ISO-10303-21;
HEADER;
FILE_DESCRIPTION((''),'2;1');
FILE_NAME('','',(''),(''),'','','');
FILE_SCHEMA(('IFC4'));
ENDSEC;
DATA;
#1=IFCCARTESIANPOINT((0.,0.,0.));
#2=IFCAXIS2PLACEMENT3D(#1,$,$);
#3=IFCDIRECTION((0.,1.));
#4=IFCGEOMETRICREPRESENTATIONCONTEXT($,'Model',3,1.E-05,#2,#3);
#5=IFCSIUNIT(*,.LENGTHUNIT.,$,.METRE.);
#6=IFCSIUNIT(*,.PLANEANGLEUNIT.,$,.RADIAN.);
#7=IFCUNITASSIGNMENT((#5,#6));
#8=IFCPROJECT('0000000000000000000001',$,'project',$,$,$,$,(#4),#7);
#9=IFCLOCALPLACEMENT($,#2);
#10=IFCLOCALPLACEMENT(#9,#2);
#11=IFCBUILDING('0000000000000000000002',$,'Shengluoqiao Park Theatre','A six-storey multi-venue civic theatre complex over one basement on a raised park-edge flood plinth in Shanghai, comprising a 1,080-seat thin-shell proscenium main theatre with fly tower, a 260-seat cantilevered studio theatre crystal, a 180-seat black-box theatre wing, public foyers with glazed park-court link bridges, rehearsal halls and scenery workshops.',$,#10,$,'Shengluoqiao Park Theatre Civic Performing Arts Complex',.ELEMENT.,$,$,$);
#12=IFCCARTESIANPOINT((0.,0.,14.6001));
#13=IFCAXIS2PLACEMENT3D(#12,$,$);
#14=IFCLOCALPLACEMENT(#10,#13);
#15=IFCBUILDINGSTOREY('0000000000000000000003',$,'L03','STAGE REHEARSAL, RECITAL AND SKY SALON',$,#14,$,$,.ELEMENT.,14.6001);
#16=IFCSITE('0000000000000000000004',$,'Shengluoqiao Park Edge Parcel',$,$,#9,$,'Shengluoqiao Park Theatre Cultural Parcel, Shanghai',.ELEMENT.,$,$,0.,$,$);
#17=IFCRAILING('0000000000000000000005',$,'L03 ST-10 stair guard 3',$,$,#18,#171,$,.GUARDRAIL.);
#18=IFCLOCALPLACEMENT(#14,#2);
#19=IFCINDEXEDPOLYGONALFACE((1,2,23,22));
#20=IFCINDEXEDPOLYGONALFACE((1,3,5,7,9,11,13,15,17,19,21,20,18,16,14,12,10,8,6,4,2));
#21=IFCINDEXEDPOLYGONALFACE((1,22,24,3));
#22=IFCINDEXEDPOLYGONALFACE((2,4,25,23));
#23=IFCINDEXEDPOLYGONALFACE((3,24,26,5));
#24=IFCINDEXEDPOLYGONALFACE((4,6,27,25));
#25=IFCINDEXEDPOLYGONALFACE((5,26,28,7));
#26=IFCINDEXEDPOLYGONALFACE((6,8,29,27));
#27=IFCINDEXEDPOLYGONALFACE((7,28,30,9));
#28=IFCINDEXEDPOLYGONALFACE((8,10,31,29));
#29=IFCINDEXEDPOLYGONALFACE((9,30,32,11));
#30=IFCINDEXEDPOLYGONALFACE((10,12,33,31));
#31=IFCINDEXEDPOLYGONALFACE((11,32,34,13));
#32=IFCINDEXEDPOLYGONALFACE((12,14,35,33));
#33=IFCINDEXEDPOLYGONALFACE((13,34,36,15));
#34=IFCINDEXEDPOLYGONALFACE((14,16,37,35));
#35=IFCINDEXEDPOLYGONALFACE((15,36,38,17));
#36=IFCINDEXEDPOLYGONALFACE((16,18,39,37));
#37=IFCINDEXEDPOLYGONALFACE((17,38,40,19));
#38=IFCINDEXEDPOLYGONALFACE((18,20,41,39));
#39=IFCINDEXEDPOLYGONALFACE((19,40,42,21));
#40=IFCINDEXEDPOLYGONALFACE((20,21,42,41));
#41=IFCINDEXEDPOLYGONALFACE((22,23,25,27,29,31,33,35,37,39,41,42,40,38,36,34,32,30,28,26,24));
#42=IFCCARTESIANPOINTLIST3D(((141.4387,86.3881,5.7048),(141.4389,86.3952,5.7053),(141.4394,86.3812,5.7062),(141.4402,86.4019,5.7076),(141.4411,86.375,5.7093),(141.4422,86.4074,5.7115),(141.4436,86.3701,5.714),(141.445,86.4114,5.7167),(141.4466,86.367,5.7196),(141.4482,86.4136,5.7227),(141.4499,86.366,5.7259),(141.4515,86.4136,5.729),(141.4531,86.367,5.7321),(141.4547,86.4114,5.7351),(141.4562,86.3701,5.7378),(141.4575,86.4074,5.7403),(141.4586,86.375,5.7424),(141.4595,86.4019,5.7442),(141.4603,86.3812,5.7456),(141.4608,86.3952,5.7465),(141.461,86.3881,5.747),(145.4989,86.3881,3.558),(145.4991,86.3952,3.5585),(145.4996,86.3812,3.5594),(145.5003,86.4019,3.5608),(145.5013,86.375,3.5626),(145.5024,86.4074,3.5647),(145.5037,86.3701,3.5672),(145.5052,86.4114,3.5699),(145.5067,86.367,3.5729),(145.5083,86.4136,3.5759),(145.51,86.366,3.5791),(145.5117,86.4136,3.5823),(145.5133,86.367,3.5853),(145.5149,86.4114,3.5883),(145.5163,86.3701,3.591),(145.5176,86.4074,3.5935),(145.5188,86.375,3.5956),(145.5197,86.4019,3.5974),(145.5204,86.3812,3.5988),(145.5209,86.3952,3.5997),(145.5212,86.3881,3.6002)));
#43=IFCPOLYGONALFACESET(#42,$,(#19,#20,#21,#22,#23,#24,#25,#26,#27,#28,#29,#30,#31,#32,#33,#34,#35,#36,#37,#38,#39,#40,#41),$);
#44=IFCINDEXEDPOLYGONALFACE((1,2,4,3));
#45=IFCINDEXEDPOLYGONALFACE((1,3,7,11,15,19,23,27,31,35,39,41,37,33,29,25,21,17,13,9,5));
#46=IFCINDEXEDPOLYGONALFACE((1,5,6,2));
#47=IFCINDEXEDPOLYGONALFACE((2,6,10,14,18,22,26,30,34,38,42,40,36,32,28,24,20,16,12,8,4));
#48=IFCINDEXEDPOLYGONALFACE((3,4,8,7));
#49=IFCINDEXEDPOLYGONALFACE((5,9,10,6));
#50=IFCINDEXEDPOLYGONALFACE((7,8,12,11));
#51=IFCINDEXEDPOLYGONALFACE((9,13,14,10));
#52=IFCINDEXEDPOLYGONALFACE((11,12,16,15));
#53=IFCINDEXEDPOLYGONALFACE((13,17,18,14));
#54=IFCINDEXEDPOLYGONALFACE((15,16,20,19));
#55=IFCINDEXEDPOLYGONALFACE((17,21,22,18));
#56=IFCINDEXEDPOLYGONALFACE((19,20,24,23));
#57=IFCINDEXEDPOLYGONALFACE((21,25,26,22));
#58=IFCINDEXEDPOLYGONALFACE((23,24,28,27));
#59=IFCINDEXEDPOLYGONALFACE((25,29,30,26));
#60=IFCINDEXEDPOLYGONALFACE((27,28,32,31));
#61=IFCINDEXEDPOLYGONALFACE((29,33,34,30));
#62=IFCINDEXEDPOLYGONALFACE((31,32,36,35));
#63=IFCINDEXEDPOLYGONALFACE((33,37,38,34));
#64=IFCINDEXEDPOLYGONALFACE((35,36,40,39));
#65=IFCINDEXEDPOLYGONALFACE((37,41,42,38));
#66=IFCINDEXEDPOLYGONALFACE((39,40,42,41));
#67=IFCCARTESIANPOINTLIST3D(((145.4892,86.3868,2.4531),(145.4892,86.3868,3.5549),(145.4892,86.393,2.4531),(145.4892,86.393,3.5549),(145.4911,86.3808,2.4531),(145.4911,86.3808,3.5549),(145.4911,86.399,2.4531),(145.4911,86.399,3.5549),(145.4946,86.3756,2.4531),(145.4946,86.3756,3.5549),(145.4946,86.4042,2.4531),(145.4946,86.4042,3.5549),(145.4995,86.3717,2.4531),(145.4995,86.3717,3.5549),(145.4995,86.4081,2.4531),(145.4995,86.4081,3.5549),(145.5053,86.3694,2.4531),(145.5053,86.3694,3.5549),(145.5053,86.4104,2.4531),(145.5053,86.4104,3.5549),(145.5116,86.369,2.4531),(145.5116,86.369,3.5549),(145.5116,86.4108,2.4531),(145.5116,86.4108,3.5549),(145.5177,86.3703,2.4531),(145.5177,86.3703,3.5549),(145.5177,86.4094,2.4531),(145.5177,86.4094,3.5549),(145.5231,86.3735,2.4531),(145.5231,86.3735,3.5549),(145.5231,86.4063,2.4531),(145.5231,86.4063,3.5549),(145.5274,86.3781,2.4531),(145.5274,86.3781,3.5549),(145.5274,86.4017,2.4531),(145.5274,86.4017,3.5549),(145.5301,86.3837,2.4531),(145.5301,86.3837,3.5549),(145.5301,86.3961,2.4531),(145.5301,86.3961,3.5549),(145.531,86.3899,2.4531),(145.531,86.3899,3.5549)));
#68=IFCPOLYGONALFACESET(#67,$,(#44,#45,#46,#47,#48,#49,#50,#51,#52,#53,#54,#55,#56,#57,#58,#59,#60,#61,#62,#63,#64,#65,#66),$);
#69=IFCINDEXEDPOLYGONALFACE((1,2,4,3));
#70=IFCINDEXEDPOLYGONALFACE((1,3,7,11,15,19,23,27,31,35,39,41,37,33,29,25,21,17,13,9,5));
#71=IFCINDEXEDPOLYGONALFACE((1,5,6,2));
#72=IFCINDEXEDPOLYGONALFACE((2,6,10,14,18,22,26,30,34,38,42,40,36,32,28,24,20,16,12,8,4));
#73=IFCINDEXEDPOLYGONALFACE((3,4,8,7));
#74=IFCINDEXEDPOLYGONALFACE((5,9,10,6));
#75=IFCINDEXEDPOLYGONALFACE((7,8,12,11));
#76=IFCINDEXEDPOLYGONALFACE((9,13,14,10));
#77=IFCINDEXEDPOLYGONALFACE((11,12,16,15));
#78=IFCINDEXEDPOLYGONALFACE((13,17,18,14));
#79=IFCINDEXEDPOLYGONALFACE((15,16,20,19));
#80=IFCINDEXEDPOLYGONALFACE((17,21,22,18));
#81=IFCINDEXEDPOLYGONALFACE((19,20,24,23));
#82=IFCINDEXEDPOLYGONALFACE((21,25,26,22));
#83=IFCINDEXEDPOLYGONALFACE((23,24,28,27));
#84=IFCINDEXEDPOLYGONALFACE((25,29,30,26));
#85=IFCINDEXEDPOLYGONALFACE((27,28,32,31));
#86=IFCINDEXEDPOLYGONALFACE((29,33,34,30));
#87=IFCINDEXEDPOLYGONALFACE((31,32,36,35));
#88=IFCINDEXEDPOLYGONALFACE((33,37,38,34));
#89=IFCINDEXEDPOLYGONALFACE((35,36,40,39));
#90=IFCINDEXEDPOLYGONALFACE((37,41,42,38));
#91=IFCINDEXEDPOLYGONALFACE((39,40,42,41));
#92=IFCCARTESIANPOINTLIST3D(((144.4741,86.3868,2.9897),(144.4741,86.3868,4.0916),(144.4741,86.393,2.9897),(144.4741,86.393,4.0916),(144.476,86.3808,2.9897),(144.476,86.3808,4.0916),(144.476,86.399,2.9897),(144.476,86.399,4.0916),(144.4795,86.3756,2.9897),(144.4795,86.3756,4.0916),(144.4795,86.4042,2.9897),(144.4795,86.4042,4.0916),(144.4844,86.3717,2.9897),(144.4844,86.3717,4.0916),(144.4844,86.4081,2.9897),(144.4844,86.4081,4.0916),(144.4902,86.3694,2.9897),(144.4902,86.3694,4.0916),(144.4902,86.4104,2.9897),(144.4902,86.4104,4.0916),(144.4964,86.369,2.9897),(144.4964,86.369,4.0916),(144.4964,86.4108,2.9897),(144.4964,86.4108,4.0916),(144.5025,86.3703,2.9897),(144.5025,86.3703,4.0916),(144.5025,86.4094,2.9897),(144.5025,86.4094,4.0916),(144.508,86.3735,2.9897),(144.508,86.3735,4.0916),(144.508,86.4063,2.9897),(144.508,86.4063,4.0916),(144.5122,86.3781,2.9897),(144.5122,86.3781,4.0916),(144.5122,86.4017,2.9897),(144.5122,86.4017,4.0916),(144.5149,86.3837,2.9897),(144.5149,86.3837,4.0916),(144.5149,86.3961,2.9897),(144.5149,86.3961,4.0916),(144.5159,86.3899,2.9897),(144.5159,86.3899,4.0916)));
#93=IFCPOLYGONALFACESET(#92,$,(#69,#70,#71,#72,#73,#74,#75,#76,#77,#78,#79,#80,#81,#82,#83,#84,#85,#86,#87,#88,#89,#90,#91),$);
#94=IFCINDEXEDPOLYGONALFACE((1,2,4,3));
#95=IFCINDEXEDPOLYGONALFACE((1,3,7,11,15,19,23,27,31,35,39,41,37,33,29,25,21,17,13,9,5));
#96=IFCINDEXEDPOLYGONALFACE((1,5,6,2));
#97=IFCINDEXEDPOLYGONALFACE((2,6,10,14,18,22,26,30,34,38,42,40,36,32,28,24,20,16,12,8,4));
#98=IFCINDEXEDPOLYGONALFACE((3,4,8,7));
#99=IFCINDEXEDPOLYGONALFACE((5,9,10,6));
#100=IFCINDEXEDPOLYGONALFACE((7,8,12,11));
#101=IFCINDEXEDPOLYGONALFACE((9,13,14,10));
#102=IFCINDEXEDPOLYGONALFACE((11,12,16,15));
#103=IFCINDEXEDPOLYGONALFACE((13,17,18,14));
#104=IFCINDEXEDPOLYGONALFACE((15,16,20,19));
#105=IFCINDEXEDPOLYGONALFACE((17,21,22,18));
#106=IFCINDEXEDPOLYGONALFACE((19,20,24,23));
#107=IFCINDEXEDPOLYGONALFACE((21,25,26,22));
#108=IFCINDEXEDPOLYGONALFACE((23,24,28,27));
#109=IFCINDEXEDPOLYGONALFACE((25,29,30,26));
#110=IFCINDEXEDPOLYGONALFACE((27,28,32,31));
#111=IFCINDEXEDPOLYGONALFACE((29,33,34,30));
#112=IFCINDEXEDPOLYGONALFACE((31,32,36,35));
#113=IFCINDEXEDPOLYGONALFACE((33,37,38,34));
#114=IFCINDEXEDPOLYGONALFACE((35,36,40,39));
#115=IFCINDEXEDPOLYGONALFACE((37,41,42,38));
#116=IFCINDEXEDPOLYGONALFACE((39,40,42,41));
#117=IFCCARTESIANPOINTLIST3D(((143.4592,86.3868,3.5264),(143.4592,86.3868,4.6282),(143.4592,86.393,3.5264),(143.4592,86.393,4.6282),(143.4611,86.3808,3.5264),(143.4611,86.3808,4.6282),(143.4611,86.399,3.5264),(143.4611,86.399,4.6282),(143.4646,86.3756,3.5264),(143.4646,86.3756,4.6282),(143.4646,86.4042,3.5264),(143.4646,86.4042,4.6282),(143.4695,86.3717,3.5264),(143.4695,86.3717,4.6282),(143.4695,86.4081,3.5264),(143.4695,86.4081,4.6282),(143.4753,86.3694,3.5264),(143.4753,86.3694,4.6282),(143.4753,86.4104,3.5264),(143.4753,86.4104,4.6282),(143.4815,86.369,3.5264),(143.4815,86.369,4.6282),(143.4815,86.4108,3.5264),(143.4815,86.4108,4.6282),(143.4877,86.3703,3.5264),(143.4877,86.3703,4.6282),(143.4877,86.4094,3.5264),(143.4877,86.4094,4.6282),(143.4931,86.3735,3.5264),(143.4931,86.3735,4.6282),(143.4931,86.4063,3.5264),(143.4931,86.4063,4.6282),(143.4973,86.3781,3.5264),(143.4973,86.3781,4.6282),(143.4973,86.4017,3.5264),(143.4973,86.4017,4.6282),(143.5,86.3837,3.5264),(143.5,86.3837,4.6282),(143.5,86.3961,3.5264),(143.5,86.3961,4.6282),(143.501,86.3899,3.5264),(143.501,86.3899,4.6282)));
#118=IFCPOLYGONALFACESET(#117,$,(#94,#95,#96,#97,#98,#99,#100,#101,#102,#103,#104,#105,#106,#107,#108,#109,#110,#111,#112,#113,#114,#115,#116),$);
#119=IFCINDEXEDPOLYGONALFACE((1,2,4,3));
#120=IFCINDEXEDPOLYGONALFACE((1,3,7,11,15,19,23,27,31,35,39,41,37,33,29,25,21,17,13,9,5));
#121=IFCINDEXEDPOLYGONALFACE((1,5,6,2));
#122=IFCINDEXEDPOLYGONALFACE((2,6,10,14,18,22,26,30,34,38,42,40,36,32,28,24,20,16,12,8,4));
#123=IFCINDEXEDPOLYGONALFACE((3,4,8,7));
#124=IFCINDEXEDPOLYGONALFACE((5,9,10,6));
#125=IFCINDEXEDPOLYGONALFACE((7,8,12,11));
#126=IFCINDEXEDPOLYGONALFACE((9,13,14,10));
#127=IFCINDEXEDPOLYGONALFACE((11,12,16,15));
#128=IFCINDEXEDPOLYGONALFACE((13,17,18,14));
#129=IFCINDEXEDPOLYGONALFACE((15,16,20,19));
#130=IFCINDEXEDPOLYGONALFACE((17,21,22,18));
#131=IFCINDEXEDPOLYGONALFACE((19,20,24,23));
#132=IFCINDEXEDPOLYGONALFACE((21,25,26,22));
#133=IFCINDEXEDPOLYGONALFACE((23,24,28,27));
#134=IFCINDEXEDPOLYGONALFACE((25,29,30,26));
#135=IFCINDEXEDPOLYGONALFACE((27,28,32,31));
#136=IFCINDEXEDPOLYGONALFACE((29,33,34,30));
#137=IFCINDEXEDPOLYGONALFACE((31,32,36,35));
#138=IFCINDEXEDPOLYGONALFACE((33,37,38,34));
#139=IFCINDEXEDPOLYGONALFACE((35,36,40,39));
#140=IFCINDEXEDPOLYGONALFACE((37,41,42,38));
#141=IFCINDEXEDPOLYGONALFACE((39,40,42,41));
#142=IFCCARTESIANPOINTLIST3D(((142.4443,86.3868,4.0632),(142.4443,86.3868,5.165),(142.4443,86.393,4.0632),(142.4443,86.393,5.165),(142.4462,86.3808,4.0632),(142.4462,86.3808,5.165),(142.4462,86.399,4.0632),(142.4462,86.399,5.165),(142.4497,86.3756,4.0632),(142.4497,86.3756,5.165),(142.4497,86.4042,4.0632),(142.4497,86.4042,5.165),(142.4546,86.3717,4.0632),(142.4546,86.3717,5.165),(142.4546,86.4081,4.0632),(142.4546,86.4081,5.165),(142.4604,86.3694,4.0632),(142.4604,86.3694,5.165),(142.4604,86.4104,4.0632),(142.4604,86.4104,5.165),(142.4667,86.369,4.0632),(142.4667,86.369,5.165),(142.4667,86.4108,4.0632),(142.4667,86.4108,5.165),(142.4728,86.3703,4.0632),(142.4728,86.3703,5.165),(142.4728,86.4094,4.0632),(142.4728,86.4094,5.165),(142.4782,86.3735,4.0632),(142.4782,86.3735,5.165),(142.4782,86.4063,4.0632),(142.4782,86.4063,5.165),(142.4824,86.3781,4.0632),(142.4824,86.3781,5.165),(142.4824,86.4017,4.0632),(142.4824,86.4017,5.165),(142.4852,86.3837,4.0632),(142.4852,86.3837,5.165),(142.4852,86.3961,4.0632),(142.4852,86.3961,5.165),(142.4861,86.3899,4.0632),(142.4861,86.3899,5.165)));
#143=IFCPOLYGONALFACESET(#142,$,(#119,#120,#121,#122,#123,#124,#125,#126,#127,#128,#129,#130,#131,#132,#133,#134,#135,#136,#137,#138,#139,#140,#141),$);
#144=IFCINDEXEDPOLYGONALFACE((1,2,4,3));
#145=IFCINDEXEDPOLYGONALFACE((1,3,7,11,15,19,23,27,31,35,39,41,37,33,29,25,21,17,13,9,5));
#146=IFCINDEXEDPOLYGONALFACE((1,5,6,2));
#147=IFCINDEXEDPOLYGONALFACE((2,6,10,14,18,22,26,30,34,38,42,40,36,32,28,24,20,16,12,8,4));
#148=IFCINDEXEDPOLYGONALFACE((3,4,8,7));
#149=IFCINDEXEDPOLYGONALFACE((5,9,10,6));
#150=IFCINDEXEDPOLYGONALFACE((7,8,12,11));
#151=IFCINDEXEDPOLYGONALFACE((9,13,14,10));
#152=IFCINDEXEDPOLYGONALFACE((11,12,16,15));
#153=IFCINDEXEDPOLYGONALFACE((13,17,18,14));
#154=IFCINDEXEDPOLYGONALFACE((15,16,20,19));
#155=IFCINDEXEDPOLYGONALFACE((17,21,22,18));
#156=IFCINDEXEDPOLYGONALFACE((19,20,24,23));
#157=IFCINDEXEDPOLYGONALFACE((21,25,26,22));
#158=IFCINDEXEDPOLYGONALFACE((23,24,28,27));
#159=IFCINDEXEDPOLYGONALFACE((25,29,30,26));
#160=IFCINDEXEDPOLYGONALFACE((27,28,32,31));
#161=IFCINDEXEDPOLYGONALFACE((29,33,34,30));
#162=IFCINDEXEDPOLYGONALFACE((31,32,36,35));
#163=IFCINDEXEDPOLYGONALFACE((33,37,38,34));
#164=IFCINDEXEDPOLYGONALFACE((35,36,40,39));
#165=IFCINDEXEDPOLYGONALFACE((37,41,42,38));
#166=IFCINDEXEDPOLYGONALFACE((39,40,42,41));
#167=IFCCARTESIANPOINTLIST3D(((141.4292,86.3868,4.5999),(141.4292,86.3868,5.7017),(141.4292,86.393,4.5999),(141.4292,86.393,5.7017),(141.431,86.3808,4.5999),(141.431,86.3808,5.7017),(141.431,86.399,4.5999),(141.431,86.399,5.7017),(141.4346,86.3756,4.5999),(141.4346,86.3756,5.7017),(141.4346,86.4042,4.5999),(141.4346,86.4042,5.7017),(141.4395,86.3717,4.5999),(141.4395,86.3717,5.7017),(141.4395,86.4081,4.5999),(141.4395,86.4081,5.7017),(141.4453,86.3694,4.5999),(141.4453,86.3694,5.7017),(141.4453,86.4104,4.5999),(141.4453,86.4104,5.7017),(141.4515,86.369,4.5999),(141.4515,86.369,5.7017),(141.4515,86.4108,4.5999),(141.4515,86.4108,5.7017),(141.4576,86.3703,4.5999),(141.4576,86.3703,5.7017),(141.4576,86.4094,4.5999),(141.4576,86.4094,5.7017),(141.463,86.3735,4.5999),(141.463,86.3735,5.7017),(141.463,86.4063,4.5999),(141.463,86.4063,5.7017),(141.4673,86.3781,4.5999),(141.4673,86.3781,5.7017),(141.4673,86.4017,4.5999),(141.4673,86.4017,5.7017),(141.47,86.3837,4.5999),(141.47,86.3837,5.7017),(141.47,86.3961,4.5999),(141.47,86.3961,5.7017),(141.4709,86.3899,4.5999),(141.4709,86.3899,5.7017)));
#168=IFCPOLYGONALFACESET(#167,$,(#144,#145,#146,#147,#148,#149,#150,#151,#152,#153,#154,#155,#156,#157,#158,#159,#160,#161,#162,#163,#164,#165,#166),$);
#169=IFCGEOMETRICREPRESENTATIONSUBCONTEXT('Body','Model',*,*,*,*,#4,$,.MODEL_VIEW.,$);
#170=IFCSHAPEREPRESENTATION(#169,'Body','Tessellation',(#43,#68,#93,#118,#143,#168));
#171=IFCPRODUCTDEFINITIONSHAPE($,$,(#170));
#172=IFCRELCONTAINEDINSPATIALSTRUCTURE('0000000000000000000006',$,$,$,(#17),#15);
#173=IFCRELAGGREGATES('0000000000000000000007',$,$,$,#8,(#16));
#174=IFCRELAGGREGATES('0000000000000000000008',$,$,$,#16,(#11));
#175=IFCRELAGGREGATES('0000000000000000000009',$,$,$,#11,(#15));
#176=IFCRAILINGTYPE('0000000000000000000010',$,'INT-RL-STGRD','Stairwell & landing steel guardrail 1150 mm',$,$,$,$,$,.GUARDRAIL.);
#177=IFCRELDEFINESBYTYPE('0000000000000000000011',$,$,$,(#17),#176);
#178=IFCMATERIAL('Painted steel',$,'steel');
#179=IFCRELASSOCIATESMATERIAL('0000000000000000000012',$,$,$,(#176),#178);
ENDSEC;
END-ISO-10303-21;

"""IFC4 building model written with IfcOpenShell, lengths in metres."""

from ifc_helpers import new_model, si_unit, direction, frame, origin, origin_2d, place, context, subcontext, project, spatial, circle, extrude, material, type_object, element, save


model = new_model("IFC4")

# Units and contexts
model_context = context("Model", 3, precision=1e-05, world=origin(), true_north=direction((0.0, 1.0)))
body_context = subcontext(model_context, "Body", "Model", "MODEL_VIEW")
ifc_project = project(units=[si_unit("LENGTHUNIT", "METRE"), si_unit("PLANEANGLEUNIT", "RADIAN")], contexts=[model_context])

# Site, building, storey
site_placement = place(None, origin())
site = spatial("IfcSite", under=ifc_project, at=site_placement, Name="Shengluoqiao Park Edge Parcel", LongName="Shengluoqiao Park Theatre Cultural Parcel, Shanghai", CompositionType="ELEMENT", RefElevation=0.0)
building_placement = place(site_placement, origin())
building = spatial("IfcBuilding", under=site, at=building_placement, Name="Shengluoqiao Park Theatre", Description="A six-storey multi-venue civic theatre complex over one basement on a raised park-edge flood plinth in Shanghai, comprising a 1,080-seat thin-shell proscenium main theatre with fly tower, a 260-seat cantilevered studio theatre crystal, a 180-seat black-box theatre wing, public foyers with glazed park-court link bridges, rehearsal halls and scenery workshops.", LongName="Shengluoqiao Park Theatre Civic Performing Arts Complex", CompositionType="ELEMENT")
storey_placement = place(building_placement, frame((0.0, 0.0, 14.6001)))
storey = spatial("IfcBuildingStorey", under=building, at=storey_placement, Name="L03", Description="STAGE REHEARSAL, RECITAL AND SKY SALON", CompositionType="ELEMENT", Elevation=14.6001)

# Railing
ifc_material_1 = material(Name="Painted steel", Category="steel")
railing_type_1 = type_object("IfcRailingType", Name="INT-RL-STGRD", Description="Stairwell & landing steel guardrail 1150 mm", PredefinedType="GUARDRAIL", material=ifc_material_1)
railing_1_placement = place(storey_placement, frame((145.51, 86.3899, 2.4531)))
element("IfcRailing", 1, at=railing_1_placement, inside=storey, type_object=railing_type_1, Name="L03 ST-10 stair guard 3", PredefinedType="GUARDRAIL", context=body_context, shape_type="SweptSolid", body=[
    extrude(circle(Radius=0.0239, at=origin_2d()), frame((0.0, 0.0, 1.126), z_axis=(-0.884032, 0.0, 0.467426), x_axis=(0.0, -1.0, 0.0)), (0.0, 0.0, 1.0), 4.5928),
    extrude(circle(Radius=0.021, at=origin_2d()), origin(), (0.0, 0.0, 1.0), 1.1018),
    extrude(circle(Radius=0.021, at=origin_2d()), frame((-1.0151, 0.0, 0.5366)), (0.0, 0.0, 1.0), 1.1018),
    extrude(circle(Radius=0.021, at=origin_2d()), frame((-2.03, 0.0, 1.0732)), (0.0, 0.0, 1.0), 1.1018),
    extrude(circle(Radius=0.021, at=origin_2d()), frame((-3.0449, 0.0, 1.6101)), (0.0, 0.0, 1.0), 1.1018),
    extrude(circle(Radius=0.021, at=origin_2d()), frame((-4.0601, 0.0, 2.1467)), (0.0, 0.0, 1.0), 1.1018),
])

save(model, "model.ifc")
